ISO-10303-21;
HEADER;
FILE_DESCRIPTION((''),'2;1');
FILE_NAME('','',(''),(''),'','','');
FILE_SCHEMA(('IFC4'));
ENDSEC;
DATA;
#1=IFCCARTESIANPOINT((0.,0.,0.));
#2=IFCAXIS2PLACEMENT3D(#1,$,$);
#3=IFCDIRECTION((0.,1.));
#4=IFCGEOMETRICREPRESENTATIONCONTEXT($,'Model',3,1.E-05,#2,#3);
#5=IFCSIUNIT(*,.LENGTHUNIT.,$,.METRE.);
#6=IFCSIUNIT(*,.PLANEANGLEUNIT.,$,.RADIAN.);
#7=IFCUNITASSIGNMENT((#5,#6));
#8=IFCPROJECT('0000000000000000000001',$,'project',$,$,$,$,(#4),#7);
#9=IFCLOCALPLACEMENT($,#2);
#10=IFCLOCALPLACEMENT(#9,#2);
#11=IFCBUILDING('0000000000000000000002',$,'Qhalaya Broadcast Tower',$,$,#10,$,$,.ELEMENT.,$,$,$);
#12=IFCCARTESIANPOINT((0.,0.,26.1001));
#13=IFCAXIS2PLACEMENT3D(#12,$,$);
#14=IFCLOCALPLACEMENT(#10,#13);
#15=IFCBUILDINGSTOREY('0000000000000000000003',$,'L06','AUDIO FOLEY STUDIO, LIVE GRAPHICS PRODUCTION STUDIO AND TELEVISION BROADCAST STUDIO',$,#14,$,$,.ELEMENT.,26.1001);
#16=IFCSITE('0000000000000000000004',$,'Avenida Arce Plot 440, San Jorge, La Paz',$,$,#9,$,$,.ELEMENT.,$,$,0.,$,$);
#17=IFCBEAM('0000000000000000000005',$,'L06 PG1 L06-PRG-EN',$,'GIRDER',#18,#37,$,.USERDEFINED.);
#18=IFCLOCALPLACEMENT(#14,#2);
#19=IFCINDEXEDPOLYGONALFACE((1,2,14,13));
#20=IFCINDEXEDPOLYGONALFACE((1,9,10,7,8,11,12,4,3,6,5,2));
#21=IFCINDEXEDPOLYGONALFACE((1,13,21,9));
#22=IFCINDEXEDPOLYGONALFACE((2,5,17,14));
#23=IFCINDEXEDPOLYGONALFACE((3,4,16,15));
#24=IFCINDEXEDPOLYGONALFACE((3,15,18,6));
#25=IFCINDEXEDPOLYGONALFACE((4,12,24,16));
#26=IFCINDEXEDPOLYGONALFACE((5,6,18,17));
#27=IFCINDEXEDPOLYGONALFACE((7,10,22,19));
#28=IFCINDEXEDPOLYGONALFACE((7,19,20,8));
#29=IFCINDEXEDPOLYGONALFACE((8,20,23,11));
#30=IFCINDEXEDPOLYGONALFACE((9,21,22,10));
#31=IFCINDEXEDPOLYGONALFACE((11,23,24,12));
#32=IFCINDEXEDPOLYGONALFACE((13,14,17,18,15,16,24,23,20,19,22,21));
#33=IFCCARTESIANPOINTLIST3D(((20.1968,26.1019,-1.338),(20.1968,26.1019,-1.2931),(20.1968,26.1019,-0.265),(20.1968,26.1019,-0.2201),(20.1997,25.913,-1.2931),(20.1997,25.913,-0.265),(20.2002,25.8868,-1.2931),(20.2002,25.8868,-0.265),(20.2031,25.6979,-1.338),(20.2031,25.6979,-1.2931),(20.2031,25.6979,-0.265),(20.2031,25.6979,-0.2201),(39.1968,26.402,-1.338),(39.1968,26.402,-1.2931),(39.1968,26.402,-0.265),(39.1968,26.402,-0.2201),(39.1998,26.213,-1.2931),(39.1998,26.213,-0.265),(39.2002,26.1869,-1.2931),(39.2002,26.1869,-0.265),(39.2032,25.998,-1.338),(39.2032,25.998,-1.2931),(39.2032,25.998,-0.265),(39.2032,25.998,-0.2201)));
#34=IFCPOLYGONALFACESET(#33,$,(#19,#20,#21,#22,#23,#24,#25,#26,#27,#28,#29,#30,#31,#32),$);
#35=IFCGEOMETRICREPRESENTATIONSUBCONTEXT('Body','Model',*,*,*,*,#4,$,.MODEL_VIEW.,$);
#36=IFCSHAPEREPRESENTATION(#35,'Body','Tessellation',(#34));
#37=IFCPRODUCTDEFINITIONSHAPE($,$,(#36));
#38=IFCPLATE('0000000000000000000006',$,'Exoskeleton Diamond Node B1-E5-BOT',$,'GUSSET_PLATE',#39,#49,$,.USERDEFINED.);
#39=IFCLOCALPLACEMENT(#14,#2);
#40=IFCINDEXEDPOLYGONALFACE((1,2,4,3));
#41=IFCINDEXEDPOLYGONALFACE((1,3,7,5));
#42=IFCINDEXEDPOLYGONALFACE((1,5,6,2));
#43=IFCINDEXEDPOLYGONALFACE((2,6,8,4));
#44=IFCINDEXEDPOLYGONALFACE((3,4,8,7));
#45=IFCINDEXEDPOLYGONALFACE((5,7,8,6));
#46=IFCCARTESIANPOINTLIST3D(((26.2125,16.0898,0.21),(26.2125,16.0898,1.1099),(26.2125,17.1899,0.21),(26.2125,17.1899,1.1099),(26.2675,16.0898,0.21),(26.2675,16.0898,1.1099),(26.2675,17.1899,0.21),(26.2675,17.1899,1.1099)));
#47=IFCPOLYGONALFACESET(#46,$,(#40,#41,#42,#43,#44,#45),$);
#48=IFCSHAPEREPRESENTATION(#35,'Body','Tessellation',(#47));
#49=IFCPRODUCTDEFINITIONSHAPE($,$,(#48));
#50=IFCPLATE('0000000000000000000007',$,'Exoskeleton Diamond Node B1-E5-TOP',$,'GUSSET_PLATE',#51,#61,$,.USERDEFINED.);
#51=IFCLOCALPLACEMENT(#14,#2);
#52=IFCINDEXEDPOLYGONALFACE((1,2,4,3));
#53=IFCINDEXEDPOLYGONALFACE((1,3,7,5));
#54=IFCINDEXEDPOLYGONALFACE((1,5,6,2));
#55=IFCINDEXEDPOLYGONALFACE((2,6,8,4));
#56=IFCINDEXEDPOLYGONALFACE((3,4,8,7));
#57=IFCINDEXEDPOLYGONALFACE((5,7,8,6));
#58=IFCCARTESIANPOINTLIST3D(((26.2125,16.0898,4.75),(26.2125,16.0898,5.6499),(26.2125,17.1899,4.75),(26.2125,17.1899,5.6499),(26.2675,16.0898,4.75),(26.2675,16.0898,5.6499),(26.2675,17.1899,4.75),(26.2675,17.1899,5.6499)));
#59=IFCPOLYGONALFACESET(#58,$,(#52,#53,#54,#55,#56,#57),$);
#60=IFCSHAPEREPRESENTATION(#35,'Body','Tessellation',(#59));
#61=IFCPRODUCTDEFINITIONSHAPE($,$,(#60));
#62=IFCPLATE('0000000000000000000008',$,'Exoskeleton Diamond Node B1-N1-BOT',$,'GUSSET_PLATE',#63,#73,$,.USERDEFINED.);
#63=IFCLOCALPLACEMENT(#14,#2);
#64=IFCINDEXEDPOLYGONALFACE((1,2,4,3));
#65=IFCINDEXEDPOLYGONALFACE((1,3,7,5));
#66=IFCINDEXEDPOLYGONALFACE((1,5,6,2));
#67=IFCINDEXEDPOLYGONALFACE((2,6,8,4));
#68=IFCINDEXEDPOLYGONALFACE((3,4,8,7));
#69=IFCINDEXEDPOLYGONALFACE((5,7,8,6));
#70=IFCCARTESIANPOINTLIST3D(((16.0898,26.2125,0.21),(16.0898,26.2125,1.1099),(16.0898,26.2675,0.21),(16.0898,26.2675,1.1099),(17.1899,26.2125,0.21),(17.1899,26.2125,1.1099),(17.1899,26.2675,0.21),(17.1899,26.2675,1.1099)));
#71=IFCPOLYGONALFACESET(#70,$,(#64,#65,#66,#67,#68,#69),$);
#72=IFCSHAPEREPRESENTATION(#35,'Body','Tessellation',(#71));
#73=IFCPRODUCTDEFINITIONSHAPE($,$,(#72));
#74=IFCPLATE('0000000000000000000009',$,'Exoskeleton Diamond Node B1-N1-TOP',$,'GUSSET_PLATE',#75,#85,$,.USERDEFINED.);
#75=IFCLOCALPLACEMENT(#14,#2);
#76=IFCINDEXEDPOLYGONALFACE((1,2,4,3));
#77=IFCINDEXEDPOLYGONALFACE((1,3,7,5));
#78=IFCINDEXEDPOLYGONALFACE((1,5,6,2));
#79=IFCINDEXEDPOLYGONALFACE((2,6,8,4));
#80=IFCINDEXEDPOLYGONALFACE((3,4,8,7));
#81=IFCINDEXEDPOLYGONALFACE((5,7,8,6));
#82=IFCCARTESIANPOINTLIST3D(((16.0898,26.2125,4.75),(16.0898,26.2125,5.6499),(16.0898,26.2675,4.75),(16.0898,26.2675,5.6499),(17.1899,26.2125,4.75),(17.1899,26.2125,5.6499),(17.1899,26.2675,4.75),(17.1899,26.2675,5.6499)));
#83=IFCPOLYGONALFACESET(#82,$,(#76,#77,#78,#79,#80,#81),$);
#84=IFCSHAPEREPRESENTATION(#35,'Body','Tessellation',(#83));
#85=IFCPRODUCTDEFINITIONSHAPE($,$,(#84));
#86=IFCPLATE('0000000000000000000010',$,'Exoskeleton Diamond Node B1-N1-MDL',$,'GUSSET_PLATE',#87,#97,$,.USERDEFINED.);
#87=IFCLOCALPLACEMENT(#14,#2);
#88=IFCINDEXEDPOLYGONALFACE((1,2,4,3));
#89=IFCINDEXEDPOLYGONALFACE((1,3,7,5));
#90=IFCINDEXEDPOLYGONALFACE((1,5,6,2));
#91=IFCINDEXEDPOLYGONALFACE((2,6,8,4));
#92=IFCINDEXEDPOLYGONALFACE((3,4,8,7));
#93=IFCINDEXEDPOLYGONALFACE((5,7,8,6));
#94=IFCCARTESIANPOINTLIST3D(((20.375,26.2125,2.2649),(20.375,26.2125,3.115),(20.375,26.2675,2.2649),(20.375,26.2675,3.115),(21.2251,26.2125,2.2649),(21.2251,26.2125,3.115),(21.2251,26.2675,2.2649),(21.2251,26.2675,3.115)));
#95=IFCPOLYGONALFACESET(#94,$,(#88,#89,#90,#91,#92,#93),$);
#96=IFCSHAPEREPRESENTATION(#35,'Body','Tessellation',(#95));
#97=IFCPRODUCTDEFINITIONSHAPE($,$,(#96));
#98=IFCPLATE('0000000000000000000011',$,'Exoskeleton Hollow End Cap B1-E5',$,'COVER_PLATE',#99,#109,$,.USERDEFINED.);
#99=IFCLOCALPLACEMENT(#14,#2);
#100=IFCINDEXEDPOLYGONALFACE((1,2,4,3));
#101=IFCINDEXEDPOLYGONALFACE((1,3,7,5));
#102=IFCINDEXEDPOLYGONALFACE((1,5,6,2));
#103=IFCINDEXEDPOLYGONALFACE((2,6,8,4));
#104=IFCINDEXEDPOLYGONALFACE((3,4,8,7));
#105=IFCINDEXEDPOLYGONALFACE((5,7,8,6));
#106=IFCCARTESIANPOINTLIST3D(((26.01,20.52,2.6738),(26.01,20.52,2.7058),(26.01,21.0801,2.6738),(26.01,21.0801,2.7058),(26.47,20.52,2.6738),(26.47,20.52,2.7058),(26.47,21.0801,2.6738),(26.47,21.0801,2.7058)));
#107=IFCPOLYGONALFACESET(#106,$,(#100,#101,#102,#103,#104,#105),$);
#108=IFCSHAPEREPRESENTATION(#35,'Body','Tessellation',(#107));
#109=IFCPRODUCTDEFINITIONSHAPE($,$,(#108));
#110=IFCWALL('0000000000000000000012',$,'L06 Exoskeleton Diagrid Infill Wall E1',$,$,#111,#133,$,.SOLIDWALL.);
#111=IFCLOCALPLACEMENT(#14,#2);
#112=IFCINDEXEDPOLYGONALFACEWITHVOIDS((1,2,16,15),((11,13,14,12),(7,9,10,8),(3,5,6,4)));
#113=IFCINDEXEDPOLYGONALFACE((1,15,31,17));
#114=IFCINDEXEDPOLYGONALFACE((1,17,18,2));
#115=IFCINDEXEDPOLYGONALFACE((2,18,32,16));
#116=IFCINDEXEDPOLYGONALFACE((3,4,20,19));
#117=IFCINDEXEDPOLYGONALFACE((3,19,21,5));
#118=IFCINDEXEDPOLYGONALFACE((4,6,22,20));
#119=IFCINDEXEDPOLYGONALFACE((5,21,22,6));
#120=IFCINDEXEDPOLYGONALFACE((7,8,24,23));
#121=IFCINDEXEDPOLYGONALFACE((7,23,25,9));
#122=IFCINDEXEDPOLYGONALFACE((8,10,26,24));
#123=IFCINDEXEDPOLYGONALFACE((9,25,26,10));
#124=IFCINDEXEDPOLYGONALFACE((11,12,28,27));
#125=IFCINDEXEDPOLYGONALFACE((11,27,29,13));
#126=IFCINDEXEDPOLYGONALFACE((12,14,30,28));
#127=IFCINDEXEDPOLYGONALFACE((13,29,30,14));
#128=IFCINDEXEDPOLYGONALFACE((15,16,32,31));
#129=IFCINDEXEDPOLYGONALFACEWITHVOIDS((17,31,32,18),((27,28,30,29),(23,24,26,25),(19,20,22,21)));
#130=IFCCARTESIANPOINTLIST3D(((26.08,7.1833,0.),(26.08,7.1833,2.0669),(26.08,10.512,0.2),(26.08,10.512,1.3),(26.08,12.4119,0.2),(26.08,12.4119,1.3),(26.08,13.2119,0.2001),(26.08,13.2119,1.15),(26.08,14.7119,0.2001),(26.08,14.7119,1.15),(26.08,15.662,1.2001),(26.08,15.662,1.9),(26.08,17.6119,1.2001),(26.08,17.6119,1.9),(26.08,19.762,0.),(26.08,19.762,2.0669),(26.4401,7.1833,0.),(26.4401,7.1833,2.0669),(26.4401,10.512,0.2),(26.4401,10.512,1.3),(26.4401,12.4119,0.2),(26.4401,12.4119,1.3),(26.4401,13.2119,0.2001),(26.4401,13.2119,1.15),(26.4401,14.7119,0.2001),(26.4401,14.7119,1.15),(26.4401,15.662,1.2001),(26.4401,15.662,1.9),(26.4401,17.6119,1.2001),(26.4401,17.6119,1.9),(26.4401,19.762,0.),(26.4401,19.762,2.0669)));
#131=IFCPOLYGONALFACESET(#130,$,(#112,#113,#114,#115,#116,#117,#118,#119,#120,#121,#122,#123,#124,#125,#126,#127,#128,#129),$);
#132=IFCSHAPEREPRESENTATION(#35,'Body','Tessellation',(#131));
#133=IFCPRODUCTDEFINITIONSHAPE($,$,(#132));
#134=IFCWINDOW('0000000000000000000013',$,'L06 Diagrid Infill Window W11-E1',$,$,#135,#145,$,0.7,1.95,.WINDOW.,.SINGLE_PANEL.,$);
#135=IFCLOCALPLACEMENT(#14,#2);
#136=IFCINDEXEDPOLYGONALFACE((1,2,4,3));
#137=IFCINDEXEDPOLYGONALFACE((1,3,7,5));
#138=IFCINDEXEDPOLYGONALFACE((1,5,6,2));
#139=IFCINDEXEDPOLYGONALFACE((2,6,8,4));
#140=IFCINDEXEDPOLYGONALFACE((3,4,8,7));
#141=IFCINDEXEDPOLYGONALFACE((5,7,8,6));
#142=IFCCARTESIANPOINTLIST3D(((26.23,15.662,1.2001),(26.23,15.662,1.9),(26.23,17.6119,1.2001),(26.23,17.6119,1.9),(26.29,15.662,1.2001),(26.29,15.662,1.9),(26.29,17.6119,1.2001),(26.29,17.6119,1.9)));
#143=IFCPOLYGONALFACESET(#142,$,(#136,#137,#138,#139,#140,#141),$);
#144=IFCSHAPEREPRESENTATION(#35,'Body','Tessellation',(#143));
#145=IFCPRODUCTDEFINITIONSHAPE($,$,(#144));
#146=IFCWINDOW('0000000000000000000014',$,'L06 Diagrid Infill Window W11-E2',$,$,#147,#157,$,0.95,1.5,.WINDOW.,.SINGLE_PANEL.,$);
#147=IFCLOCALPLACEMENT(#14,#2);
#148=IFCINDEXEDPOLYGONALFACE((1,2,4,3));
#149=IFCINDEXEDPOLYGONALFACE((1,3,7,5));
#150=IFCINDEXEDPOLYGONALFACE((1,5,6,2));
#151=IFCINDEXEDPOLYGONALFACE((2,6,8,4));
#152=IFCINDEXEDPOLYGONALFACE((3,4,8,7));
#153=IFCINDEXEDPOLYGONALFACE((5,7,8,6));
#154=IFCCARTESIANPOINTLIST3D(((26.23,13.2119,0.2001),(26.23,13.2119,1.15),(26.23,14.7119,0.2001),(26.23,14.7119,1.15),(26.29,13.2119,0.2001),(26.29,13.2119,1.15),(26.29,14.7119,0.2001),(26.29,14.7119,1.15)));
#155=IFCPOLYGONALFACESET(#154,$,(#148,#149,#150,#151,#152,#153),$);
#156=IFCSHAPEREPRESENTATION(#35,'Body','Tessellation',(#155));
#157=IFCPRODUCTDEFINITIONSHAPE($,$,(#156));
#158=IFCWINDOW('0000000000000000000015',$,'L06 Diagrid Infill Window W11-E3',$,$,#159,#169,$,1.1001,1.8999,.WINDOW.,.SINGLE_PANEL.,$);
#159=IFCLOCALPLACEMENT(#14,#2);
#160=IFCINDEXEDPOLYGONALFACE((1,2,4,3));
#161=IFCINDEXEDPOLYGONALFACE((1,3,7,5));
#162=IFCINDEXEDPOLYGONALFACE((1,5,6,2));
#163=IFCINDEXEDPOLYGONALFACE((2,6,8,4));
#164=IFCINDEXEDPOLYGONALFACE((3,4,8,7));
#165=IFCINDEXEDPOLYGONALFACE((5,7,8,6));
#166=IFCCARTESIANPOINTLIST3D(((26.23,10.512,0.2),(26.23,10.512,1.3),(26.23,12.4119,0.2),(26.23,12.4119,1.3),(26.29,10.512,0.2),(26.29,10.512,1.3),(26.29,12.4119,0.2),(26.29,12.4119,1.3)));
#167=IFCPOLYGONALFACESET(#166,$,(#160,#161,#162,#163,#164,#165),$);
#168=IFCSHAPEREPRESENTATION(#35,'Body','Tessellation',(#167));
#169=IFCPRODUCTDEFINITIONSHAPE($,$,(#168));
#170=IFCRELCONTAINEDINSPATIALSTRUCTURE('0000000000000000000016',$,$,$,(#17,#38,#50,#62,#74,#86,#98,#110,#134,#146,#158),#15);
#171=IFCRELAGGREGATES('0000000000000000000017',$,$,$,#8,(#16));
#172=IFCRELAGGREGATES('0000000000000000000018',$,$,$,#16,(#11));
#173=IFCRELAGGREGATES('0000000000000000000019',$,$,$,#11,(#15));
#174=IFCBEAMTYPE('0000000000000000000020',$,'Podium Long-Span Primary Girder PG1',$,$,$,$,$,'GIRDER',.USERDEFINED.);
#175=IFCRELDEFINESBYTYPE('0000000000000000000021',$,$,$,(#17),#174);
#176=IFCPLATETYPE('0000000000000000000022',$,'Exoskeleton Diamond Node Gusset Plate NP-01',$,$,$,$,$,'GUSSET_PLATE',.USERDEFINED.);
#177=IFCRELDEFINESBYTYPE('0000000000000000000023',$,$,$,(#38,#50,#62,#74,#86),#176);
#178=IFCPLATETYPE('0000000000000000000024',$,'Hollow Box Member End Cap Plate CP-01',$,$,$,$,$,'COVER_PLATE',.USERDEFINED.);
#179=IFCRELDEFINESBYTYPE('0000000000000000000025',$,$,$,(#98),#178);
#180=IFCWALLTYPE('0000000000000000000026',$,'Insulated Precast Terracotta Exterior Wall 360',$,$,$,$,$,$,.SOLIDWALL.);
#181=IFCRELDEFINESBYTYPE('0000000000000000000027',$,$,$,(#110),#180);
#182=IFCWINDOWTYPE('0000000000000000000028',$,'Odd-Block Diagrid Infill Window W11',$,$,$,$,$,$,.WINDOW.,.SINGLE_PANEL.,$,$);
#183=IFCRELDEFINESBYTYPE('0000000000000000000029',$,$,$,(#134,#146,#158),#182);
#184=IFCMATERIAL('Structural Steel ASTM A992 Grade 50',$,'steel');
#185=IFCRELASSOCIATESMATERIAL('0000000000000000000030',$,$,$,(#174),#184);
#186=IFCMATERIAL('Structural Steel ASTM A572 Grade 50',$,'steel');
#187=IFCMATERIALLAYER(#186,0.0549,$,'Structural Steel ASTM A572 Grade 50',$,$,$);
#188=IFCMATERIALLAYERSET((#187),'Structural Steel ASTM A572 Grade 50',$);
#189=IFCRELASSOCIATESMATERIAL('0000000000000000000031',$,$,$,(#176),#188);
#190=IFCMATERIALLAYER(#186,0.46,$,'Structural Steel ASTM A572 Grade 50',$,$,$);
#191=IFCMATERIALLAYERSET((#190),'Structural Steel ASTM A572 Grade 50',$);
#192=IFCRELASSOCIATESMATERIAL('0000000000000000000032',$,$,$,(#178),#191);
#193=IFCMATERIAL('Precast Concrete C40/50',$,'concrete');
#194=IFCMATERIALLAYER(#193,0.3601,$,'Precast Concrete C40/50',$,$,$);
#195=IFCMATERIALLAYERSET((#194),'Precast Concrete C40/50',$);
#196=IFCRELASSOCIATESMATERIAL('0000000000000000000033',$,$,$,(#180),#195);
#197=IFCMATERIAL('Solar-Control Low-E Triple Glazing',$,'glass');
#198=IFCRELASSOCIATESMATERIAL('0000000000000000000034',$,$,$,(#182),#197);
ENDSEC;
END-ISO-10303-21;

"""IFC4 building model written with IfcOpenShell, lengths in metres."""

from ifc_helpers import new_model, si_unit, direction, frame, frame_2d, origin, origin_2d, place, context, subcontext, project, spatial, rectangle, i_section, extrude, material, layer, layer_set, material_profile, profile_set, type_object, element, fill, save


model = new_model("IFC4")

# Units and contexts
model_context = context("Model", 3, precision=1e-05, world=origin(), true_north=direction((0.0, 1.0)))
body_context = subcontext(model_context, "Body", "Model", "MODEL_VIEW")
ifc_project = project(units=[si_unit("LENGTHUNIT", "METRE"), si_unit("PLANEANGLEUNIT", "RADIAN")], contexts=[model_context])

# Site, building, storey
site_placement = place(None, origin())
site = spatial("IfcSite", under=ifc_project, at=site_placement, Name="Avenida Arce Plot 440, San Jorge, La Paz", CompositionType="ELEMENT", RefElevation=0.0)
building_placement = place(site_placement, origin())
building = spatial("IfcBuilding", under=site, at=building_placement, Name="Qhalaya Broadcast Tower", CompositionType="ELEMENT")
storey_placement = place(building_placement, frame((0.0, 0.0, 26.1001)))
storey = spatial("IfcBuildingStorey", under=building, at=storey_placement, Name="L06", Description="AUDIO FOLEY STUDIO, LIVE GRAPHICS PRODUCTION STUDIO AND TELEVISION BROADCAST STUDIO", CompositionType="ELEMENT", Elevation=26.1001)

# Shared definitions
ifc_material_1 = material(Name="Structural Steel ASTM A572 Grade 50", Category="steel")

# Shared definitions
ifc_material_2 = material(Name="Structural Steel ASTM A992 Grade 50", Category="steel")

# Beam
ifc_material_profile_1 = material_profile(ifc_material_2, i_section(OverallWidth=0.4041, OverallDepth=1.1179, WebThickness=0.0261, FlangeThickness=0.0449, at=origin_2d()), Name="W44X335")
ifc_profile_set_1 = profile_set([ifc_material_profile_1], Name="Structural Steel ASTM A992 Grade 50")
beam_type_1 = type_object("IfcBeamType", Name="Podium Long-Span Primary Girder PG1", ElementType="GIRDER", PredefinedType="USERDEFINED", material=ifc_profile_set_1)
beam_1_placement = place(storey_placement, frame((20.2, 25.8999, -0.7791), z_axis=(0.999875, 0.01579, 0.0), x_axis=(-0.01579, 0.999875, 0.0)))
element("IfcBeam", 1, at=beam_1_placement, inside=storey, type_object=beam_type_1, Name="L06 PG1 L06-PRG-EN", ObjectType="GIRDER", PredefinedType="USERDEFINED", context=body_context, shape_type="SweptSolid", body=[
    extrude(i_section(OverallWidth=0.4041, OverallDepth=1.1179, WebThickness=0.0261, FlangeThickness=0.0449, at=origin_2d()), origin(), (0.0, 0.0, 1.0), 19.0024),
])

# Plates
ifc_layer_1 = layer(ifc_material_1, 0.0549, Name="Structural Steel ASTM A572 Grade 50")
ifc_layer_set_1 = layer_set([ifc_layer_1], Name="Structural Steel ASTM A572 Grade 50")
plate_type_1 = type_object("IfcPlateType", Name="Exoskeleton Diamond Node Gusset Plate NP-01", ElementType="GUSSET_PLATE", PredefinedType="USERDEFINED", material=ifc_layer_set_1)
for number, where, z_axis, x_axis, name in (
    (2, (26.24, 16.6399, 0.21), (0.0, 0.0, 1.0), (0.0, 1.0, 0.0), "Exoskeleton Diamond Node B1-E5-BOT"),
    (3, (26.24, 16.6399, 4.75), (0.0, 0.0, 1.0), (0.0, 1.0, 0.0), "Exoskeleton Diamond Node B1-E5-TOP"),
    (4, (16.6399, 26.24, 0.21), (0.0, 0.0, 1.0), (1.0, 0.0, 0.0), "Exoskeleton Diamond Node B1-N1-BOT"),
    (5, (16.6399, 26.24, 4.75), (0.0, 0.0, 1.0), (1.0, 0.0, 0.0), "Exoskeleton Diamond Node B1-N1-TOP"),
):
    element("IfcPlate", number, at=place(storey_placement, frame(where, z_axis=z_axis, x_axis=x_axis)), inside=storey, type_object=plate_type_1, Name=name, ObjectType="GUSSET_PLATE", PredefinedType="USERDEFINED", context=body_context, shape_type="SweptSolid", body=[
        extrude(rectangle(XDim=1.1001, YDim=0.0549, at=origin_2d()), origin(), (0.0, 0.0, 1.0), 0.8999),
    ])
plate_1_placement = place(storey_placement, frame((20.8, 26.24, 2.2649), z_axis=(0.0, 0.0, 1.0), x_axis=(1.0, 0.0, 0.0)))
element("IfcPlate", 6, at=plate_1_placement, inside=storey, type_object=plate_type_1, Name="Exoskeleton Diamond Node B1-N1-MDL", ObjectType="GUSSET_PLATE", PredefinedType="USERDEFINED", context=body_context, shape_type="SweptSolid", body=[
    extrude(rectangle(XDim=0.8501, YDim=0.0549, at=origin_2d()), origin(), (0.0, 0.0, 1.0), 0.8501),
])
ifc_layer_2 = layer(ifc_material_1, 0.46, Name="Structural Steel ASTM A572 Grade 50")
ifc_layer_set_2 = layer_set([ifc_layer_2], Name="Structural Steel ASTM A572 Grade 50")
plate_type_2 = type_object("IfcPlateType", Name="Hollow Box Member End Cap Plate CP-01", ElementType="COVER_PLATE", PredefinedType="USERDEFINED", material=ifc_layer_set_2)
plate_2_placement = place(storey_placement, frame((26.24, 20.8, 2.6738), z_axis=(0.0, 0.0, 1.0), x_axis=(0.0, 1.0, 0.0)))
element("IfcPlate", 7, at=plate_2_placement, inside=storey, type_object=plate_type_2, Name="Exoskeleton Hollow End Cap B1-E5", ObjectType="COVER_PLATE", PredefinedType="USERDEFINED", context=body_context, shape_type="SweptSolid", body=[
    extrude(rectangle(XDim=0.5601, YDim=0.46, at=origin_2d()), origin(), (0.0, 0.0, 1.0), 0.032),
])

# Wall, openings, windows
ifc_material_3 = material(Name="Precast Concrete C40/50", Category="concrete")
ifc_layer_3 = layer(ifc_material_3, 0.3601, Name="Precast Concrete C40/50")
ifc_layer_set_3 = layer_set([ifc_layer_3], Name="Precast Concrete C40/50")
wall_type = type_object("IfcWallType", Name="Insulated Precast Terracotta Exterior Wall 360", PredefinedType="SOLIDWALL", material=ifc_layer_set_3)
wall_placement = place(storey_placement, frame((26.26, 19.762, 0.0), z_axis=(0.0, 0.0, 1.0), x_axis=(0.0, -1.0, 0.0)))
wall = element("IfcWall", 8, at=wall_placement, inside=storey, type_object=wall_type, Name="L06 Exoskeleton Diagrid Infill Wall E1", PredefinedType="SOLIDWALL", context=body_context, shape_type="SweptSolid", body=[
    extrude(rectangle(XDim=12.5786, YDim=0.3601, at=frame_2d((6.2893, 0.0))), origin(), (0.0, 0.0, 1.0), 2.0669),
])
opening_1_placement = place(wall_placement, frame((2.1499, 0.0, 1.2)))
opening_1 = element("IfcOpeningElement", 9, at=opening_1_placement, cuts=wall, PredefinedType="OPENING", context=body_context, shape_type="SweptSolid", body=[
    extrude(rectangle(XDim=1.95, YDim=0.7, at=frame_2d((0.9751, 0.3501))), frame((0.0, 0.1921, 0.0), z_axis=(0.0, -1.0, 0.0), x_axis=(1.0, 0.0, 0.0)), (0.0, 0.0, 1.0), 0.384),
])
opening_2_placement = place(wall_placement, frame((5.05, 0.0, 0.2)))
opening_2 = element("IfcOpeningElement", 10, at=opening_2_placement, cuts=wall, PredefinedType="OPENING", context=body_context, shape_type="SweptSolid", body=[
    extrude(rectangle(XDim=1.5, YDim=0.95, at=frame_2d((0.75, 0.4751))), frame((0.0, 0.1921, 0.0), z_axis=(0.0, -1.0, 0.0), x_axis=(1.0, 0.0, 0.0)), (0.0, 0.0, 1.0), 0.384),
])
opening_3_placement = place(wall_placement, frame((7.3501, 0.0, 0.2)))
opening_3 = element("IfcOpeningElement", 11, at=opening_3_placement, cuts=wall, PredefinedType="OPENING", context=body_context, shape_type="SweptSolid", body=[
    extrude(rectangle(XDim=1.8999, YDim=1.1001, at=frame_2d((0.95, 0.55))), frame((0.0, 0.1921, 0.0), z_axis=(0.0, -1.0, 0.0), x_axis=(1.0, 0.0, 0.0)), (0.0, 0.0, 1.0), 0.384),
])
ifc_material_4 = material(Name="Solar-Control Low-E Triple Glazing", Category="glass")
window_type = type_object("IfcWindowType", Name="Odd-Block Diagrid Infill Window W11", PartitioningType="SINGLE_PANEL", PredefinedType="WINDOW", material=ifc_material_4)
window_1_placement = place(opening_1_placement, origin())
window_1 = element("IfcWindow", 12, at=window_1_placement, inside=storey, type_object=window_type, Name="L06 Diagrid Infill Window W11-E1", OverallHeight=0.7, OverallWidth=1.95, PartitioningType="SINGLE_PANEL", PredefinedType="WINDOW", context=body_context, shape_type="SweptSolid", body=[
    extrude(rectangle(XDim=1.95, YDim=0.7, at=frame_2d((0.9751, 0.3501))), frame((0.0, 0.03, 0.0), z_axis=(0.0, -1.0, 0.0), x_axis=(1.0, 0.0, 0.0)), (0.0, 0.0, 1.0), 0.0601),
])
fill(opening_1, window_1)
window_2_placement = place(opening_2_placement, origin())
window_2 = element("IfcWindow", 13, at=window_2_placement, inside=storey, type_object=window_type, Name="L06 Diagrid Infill Window W11-E2", OverallHeight=0.95, OverallWidth=1.5, PartitioningType="SINGLE_PANEL", PredefinedType="WINDOW", context=body_context, shape_type="SweptSolid", body=[
    extrude(rectangle(XDim=1.5, YDim=0.95, at=frame_2d((0.75, 0.4751))), frame((0.0, 0.03, 0.0), z_axis=(0.0, -1.0, 0.0), x_axis=(1.0, 0.0, 0.0)), (0.0, 0.0, 1.0), 0.0601),
])
fill(opening_2, window_2)
window_3_placement = place(opening_3_placement, origin())
window_3 = element("IfcWindow", 14, at=window_3_placement, inside=storey, type_object=window_type, Name="L06 Diagrid Infill Window W11-E3", OverallHeight=1.1001, OverallWidth=1.8999, PartitioningType="SINGLE_PANEL", PredefinedType="WINDOW", context=body_context, shape_type="SweptSolid", body=[
    extrude(rectangle(XDim=1.8999, YDim=1.1001, at=frame_2d((0.95, 0.55))), frame((0.0, 0.03, 0.0), z_axis=(0.0, -1.0, 0.0), x_axis=(1.0, 0.0, 0.0)), (0.0, 0.0, 1.0), 0.0601),
])
fill(opening_3, window_3)

save(model, "model.ifc")
